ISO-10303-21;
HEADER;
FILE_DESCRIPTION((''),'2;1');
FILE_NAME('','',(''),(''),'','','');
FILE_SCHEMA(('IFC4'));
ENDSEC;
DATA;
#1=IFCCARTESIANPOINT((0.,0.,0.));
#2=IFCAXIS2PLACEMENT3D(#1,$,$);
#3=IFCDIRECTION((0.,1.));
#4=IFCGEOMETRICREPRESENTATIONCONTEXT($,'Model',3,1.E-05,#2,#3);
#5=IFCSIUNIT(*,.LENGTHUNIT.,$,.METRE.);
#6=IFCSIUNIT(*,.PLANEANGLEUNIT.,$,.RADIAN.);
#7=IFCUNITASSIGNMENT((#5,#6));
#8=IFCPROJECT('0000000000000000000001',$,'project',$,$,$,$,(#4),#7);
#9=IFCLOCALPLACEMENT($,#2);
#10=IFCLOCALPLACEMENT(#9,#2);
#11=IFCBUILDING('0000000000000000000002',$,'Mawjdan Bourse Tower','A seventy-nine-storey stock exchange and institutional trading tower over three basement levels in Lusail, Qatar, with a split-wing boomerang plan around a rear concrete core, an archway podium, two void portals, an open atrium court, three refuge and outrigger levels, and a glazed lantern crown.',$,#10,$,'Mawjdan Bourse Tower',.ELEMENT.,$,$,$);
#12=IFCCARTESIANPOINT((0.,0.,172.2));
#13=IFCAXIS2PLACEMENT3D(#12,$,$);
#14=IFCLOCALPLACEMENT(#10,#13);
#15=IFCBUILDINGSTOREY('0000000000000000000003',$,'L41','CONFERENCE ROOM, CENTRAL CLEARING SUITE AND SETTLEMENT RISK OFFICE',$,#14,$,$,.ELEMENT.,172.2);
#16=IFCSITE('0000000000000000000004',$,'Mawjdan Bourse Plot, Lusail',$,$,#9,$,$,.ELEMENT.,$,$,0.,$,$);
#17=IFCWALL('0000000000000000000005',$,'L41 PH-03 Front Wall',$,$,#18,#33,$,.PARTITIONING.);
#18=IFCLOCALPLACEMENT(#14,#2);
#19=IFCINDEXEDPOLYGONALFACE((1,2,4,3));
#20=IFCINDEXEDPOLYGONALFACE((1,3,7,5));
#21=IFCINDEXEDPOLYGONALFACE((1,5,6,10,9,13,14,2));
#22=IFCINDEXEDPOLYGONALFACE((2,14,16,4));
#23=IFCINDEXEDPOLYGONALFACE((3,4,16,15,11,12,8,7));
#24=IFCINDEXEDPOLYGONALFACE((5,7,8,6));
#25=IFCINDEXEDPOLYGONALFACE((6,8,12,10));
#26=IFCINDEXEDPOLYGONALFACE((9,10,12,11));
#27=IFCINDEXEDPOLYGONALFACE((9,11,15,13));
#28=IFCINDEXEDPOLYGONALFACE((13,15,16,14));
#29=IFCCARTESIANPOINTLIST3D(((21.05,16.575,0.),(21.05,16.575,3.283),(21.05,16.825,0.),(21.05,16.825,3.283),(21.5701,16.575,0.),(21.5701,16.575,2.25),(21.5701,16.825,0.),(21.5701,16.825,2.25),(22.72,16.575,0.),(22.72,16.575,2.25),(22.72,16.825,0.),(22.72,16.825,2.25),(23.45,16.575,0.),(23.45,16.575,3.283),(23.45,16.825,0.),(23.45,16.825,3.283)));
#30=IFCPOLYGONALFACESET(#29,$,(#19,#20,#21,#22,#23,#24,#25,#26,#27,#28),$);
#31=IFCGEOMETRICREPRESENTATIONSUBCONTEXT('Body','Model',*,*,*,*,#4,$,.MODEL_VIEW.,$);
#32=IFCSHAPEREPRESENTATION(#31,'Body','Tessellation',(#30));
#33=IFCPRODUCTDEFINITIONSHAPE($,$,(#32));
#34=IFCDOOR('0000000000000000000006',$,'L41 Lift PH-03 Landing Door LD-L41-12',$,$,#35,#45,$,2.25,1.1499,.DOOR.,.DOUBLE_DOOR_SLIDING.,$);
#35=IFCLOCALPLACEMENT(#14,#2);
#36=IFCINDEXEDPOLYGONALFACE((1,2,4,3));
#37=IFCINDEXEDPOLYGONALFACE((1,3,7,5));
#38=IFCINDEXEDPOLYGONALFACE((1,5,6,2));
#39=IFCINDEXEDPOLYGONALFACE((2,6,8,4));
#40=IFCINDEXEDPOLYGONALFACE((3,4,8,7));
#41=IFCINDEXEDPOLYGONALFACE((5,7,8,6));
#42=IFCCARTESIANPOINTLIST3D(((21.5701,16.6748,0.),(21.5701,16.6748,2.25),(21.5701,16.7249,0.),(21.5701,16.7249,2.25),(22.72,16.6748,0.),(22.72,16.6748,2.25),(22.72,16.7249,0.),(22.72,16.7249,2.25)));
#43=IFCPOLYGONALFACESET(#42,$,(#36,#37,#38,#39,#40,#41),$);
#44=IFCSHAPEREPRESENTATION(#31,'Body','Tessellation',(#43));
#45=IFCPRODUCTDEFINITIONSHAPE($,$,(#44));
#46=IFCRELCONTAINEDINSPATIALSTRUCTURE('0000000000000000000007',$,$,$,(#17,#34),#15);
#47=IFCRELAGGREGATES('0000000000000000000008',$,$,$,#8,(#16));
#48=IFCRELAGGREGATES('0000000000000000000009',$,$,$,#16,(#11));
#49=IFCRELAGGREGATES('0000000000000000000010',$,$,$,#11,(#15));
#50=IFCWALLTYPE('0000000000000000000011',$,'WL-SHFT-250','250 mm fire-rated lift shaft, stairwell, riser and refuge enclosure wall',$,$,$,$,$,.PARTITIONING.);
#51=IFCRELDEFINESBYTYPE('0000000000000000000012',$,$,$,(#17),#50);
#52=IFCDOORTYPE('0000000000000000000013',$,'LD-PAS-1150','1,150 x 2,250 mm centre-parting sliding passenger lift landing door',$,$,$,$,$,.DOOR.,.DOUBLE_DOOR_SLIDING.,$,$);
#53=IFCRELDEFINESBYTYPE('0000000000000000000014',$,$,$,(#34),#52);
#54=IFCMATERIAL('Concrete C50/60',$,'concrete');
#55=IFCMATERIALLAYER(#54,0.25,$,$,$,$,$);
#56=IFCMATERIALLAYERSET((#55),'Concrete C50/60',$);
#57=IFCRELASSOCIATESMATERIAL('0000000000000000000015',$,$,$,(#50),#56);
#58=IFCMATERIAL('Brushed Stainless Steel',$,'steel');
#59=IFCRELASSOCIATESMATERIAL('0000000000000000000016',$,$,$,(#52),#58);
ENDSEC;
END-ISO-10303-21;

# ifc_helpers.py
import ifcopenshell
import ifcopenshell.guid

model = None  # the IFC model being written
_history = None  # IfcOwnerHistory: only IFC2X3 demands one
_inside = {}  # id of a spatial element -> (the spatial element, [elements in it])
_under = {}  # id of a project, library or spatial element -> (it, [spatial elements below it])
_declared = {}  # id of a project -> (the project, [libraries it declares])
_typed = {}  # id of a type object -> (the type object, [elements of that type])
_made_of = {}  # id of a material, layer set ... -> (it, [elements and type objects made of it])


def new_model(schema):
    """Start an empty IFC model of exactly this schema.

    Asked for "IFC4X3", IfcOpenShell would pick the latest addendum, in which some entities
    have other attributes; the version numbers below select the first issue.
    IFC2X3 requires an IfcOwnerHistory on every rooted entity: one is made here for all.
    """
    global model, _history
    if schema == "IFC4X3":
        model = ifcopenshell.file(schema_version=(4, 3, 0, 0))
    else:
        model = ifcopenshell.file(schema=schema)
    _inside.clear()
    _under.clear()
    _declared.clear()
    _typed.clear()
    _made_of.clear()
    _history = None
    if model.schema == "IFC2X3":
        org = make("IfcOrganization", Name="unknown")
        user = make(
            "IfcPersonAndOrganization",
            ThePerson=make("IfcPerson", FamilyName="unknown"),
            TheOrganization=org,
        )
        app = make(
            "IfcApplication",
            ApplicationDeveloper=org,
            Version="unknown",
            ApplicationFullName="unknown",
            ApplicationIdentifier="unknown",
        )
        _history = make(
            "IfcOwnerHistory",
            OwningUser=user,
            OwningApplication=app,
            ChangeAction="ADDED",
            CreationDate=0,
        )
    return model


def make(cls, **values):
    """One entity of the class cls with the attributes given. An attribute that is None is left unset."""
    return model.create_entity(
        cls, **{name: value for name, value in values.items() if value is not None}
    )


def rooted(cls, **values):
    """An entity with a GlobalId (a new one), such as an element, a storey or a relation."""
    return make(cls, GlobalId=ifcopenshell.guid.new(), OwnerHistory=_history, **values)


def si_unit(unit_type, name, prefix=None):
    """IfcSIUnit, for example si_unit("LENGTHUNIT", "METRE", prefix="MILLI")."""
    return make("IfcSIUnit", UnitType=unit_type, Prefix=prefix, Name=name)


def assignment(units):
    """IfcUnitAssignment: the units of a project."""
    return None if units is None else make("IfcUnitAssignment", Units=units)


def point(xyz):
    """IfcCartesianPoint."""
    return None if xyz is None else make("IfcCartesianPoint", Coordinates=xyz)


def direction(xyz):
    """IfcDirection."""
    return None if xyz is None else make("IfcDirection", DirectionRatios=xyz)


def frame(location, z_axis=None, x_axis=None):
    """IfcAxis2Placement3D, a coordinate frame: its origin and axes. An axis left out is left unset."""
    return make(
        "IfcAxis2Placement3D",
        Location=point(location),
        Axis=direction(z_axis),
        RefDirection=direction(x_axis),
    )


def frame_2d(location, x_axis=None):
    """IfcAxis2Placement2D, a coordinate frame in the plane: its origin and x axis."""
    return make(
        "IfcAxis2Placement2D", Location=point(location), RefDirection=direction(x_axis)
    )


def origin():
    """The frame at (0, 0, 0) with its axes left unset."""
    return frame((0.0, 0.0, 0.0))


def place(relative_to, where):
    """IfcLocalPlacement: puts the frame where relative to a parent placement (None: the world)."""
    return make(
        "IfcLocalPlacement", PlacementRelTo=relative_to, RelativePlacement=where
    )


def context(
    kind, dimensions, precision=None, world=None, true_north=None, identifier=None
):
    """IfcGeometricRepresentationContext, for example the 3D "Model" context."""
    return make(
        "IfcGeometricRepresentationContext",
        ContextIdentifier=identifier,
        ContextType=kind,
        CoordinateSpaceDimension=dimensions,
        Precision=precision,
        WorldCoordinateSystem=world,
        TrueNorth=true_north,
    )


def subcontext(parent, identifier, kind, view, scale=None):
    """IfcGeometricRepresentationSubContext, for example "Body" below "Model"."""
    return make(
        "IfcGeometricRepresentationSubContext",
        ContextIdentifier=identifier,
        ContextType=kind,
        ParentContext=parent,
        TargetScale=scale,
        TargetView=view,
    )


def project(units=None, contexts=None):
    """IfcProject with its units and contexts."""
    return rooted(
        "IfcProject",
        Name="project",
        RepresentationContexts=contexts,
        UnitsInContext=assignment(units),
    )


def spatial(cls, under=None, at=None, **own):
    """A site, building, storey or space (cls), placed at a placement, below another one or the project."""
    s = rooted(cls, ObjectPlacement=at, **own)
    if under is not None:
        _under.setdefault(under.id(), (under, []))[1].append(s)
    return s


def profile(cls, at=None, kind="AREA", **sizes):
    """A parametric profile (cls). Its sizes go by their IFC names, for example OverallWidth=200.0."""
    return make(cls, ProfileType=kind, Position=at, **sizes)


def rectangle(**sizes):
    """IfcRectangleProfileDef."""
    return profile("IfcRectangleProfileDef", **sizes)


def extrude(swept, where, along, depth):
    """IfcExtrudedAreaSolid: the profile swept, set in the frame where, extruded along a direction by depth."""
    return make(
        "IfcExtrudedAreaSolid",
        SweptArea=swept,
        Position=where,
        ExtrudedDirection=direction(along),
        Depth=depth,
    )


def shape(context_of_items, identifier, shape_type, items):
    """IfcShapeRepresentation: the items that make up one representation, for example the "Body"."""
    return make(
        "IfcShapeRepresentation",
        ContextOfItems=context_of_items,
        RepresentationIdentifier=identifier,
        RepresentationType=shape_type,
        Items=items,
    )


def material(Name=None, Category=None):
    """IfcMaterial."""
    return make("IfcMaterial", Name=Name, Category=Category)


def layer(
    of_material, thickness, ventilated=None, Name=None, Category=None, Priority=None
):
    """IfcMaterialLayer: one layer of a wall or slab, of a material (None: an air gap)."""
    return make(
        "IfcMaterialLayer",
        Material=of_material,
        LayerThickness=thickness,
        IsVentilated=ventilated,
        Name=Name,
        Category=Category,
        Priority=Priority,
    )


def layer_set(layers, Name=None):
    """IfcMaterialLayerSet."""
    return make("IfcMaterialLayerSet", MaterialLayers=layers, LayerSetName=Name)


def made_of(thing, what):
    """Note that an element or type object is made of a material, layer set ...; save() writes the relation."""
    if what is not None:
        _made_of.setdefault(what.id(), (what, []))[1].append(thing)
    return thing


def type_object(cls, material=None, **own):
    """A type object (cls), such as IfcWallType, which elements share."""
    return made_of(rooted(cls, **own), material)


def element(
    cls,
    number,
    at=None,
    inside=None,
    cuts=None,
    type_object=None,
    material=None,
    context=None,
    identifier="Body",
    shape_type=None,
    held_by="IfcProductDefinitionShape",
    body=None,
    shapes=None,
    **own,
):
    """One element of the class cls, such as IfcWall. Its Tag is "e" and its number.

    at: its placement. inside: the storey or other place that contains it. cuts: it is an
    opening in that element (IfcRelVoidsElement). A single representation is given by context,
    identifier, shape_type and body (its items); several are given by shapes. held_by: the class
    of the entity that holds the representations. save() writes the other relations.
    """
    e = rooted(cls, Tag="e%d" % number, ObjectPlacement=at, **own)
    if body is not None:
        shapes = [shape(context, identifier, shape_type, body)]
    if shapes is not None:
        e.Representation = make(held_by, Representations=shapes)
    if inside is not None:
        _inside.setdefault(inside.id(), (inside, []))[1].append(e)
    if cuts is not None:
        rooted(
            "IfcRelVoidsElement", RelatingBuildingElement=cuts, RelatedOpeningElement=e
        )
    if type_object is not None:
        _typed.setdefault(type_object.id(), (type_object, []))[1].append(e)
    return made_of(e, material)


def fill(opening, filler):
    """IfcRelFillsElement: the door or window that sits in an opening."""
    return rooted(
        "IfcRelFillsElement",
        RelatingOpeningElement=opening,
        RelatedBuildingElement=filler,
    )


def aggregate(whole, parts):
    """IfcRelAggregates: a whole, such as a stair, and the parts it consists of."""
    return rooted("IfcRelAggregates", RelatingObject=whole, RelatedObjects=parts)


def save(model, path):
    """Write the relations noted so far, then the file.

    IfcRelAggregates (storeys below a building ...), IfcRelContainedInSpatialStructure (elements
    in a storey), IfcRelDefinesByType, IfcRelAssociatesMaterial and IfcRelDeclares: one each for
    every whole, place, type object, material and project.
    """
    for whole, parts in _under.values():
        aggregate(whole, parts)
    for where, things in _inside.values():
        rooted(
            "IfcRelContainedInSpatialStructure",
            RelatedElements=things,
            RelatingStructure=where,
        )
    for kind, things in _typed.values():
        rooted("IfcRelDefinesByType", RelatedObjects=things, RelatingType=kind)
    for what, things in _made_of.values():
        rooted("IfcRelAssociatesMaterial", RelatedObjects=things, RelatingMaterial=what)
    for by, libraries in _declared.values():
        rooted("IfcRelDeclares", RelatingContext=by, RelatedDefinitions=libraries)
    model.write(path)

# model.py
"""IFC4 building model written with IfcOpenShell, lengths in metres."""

from ifc_helpers import new_model, si_unit, direction, frame, frame_2d, origin, place, context, subcontext, project, spatial, rectangle, extrude, material, layer, layer_set, type_object, element, fill, save


model = new_model("IFC4")

# Units and contexts
model_context = context("Model", 3, precision=1e-05, world=origin(), true_north=direction((0.0, 1.0)))
body_context = subcontext(model_context, "Body", "Model", "MODEL_VIEW")
ifc_project = project(units=[si_unit("LENGTHUNIT", "METRE"), si_unit("PLANEANGLEUNIT", "RADIAN")], contexts=[model_context])

# Site, building, storey
site_placement = place(None, origin())
site = spatial("IfcSite", under=ifc_project, at=site_placement, Name="Mawjdan Bourse Plot, Lusail", CompositionType="ELEMENT", RefElevation=0.0)
building_placement = place(site_placement, origin())
building = spatial("IfcBuilding", under=site, at=building_placement, Name="Mawjdan Bourse Tower", Description="A seventy-nine-storey stock exchange and institutional trading tower over three basement levels in Lusail, Qatar, with a split-wing boomerang plan around a rear concrete core, an archway podium, two void portals, an open atrium court, three refuge and outrigger levels, and a glazed lantern crown.", LongName="Mawjdan Bourse Tower", CompositionType="ELEMENT")
storey_placement = place(building_placement, frame((0.0, 0.0, 172.2)))
storey = spatial("IfcBuildingStorey", under=building, at=storey_placement, Name="L41", Description="CONFERENCE ROOM, CENTRAL CLEARING SUITE AND SETTLEMENT RISK OFFICE", CompositionType="ELEMENT", Elevation=172.2)

# Shared definitions
ifc_material_1 = material(Name="Concrete C50/60", Category="concrete")
ifc_layer_1 = layer(ifc_material_1, 0.25)
ifc_layer_set_1 = layer_set([ifc_layer_1], Name="Concrete C50/60")
wall_type_1 = type_object("IfcWallType", Name="WL-SHFT-250", Description="250 mm fire-rated lift shaft, stairwell, riser and refuge enclosure wall", PredefinedType="PARTITIONING", material=ifc_layer_set_1)

# Wall, opening, door
wall_1_placement = place(storey_placement, frame((21.05, 16.7, 0.0), z_axis=(0.0, 0.0, 1.0), x_axis=(1.0, 0.0, 0.0)))
wall_1 = element("IfcWall", 1, at=wall_1_placement, inside=storey, type_object=wall_type_1, Name="L41 PH-03 Front Wall", PredefinedType="PARTITIONING", context=body_context, shape_type="SweptSolid", body=[
    extrude(rectangle(XDim=2.3999, YDim=0.25, at=frame_2d((1.2, 0.0))), origin(), (0.0, 0.0, 1.0), 3.283),
])
opening_1_placement = place(wall_1_placement, frame((0.52, 0.0, 0.0)))
opening_1 = element("IfcOpeningElement", 2, at=opening_1_placement, cuts=wall_1, PredefinedType="OPENING", context=body_context, shape_type="SweptSolid", body=[
    extrude(rectangle(XDim=1.1499, YDim=2.25, at=frame_2d((0.575, 1.125))), frame((0.0, 0.135, 0.0), z_axis=(0.0, -1.0, 0.0), x_axis=(1.0, 0.0, 0.0)), (0.0, 0.0, 1.0), 0.27),
])
ifc_material_2 = material(Name="Brushed Stainless Steel", Category="steel")
door_type_1 = type_object("IfcDoorType", Name="LD-PAS-1150", Description="1,150 x 2,250 mm centre-parting sliding passenger lift landing door", OperationType="DOUBLE_DOOR_SLIDING", PredefinedType="DOOR", material=ifc_material_2)
door_1_placement = place(opening_1_placement, origin())
door_1 = element("IfcDoor", 3, at=door_1_placement, inside=storey, type_object=door_type_1, Name="L41 Lift PH-03 Landing Door LD-L41-12", OperationType="DOUBLE_DOOR_SLIDING", OverallHeight=2.25, OverallWidth=1.1499, PredefinedType="DOOR", context=body_context, shape_type="SweptSolid", body=[
    extrude(rectangle(XDim=1.1499, YDim=2.25, at=frame_2d((0.575, 1.125))), frame((0.0, 0.0249, 0.0), z_axis=(0.0, -1.0, 0.0), x_axis=(1.0, 0.0, 0.0)), (0.0, 0.0, 1.0), 0.05),
])
fill(opening_1, door_1)

save(model, "model.ifc")
